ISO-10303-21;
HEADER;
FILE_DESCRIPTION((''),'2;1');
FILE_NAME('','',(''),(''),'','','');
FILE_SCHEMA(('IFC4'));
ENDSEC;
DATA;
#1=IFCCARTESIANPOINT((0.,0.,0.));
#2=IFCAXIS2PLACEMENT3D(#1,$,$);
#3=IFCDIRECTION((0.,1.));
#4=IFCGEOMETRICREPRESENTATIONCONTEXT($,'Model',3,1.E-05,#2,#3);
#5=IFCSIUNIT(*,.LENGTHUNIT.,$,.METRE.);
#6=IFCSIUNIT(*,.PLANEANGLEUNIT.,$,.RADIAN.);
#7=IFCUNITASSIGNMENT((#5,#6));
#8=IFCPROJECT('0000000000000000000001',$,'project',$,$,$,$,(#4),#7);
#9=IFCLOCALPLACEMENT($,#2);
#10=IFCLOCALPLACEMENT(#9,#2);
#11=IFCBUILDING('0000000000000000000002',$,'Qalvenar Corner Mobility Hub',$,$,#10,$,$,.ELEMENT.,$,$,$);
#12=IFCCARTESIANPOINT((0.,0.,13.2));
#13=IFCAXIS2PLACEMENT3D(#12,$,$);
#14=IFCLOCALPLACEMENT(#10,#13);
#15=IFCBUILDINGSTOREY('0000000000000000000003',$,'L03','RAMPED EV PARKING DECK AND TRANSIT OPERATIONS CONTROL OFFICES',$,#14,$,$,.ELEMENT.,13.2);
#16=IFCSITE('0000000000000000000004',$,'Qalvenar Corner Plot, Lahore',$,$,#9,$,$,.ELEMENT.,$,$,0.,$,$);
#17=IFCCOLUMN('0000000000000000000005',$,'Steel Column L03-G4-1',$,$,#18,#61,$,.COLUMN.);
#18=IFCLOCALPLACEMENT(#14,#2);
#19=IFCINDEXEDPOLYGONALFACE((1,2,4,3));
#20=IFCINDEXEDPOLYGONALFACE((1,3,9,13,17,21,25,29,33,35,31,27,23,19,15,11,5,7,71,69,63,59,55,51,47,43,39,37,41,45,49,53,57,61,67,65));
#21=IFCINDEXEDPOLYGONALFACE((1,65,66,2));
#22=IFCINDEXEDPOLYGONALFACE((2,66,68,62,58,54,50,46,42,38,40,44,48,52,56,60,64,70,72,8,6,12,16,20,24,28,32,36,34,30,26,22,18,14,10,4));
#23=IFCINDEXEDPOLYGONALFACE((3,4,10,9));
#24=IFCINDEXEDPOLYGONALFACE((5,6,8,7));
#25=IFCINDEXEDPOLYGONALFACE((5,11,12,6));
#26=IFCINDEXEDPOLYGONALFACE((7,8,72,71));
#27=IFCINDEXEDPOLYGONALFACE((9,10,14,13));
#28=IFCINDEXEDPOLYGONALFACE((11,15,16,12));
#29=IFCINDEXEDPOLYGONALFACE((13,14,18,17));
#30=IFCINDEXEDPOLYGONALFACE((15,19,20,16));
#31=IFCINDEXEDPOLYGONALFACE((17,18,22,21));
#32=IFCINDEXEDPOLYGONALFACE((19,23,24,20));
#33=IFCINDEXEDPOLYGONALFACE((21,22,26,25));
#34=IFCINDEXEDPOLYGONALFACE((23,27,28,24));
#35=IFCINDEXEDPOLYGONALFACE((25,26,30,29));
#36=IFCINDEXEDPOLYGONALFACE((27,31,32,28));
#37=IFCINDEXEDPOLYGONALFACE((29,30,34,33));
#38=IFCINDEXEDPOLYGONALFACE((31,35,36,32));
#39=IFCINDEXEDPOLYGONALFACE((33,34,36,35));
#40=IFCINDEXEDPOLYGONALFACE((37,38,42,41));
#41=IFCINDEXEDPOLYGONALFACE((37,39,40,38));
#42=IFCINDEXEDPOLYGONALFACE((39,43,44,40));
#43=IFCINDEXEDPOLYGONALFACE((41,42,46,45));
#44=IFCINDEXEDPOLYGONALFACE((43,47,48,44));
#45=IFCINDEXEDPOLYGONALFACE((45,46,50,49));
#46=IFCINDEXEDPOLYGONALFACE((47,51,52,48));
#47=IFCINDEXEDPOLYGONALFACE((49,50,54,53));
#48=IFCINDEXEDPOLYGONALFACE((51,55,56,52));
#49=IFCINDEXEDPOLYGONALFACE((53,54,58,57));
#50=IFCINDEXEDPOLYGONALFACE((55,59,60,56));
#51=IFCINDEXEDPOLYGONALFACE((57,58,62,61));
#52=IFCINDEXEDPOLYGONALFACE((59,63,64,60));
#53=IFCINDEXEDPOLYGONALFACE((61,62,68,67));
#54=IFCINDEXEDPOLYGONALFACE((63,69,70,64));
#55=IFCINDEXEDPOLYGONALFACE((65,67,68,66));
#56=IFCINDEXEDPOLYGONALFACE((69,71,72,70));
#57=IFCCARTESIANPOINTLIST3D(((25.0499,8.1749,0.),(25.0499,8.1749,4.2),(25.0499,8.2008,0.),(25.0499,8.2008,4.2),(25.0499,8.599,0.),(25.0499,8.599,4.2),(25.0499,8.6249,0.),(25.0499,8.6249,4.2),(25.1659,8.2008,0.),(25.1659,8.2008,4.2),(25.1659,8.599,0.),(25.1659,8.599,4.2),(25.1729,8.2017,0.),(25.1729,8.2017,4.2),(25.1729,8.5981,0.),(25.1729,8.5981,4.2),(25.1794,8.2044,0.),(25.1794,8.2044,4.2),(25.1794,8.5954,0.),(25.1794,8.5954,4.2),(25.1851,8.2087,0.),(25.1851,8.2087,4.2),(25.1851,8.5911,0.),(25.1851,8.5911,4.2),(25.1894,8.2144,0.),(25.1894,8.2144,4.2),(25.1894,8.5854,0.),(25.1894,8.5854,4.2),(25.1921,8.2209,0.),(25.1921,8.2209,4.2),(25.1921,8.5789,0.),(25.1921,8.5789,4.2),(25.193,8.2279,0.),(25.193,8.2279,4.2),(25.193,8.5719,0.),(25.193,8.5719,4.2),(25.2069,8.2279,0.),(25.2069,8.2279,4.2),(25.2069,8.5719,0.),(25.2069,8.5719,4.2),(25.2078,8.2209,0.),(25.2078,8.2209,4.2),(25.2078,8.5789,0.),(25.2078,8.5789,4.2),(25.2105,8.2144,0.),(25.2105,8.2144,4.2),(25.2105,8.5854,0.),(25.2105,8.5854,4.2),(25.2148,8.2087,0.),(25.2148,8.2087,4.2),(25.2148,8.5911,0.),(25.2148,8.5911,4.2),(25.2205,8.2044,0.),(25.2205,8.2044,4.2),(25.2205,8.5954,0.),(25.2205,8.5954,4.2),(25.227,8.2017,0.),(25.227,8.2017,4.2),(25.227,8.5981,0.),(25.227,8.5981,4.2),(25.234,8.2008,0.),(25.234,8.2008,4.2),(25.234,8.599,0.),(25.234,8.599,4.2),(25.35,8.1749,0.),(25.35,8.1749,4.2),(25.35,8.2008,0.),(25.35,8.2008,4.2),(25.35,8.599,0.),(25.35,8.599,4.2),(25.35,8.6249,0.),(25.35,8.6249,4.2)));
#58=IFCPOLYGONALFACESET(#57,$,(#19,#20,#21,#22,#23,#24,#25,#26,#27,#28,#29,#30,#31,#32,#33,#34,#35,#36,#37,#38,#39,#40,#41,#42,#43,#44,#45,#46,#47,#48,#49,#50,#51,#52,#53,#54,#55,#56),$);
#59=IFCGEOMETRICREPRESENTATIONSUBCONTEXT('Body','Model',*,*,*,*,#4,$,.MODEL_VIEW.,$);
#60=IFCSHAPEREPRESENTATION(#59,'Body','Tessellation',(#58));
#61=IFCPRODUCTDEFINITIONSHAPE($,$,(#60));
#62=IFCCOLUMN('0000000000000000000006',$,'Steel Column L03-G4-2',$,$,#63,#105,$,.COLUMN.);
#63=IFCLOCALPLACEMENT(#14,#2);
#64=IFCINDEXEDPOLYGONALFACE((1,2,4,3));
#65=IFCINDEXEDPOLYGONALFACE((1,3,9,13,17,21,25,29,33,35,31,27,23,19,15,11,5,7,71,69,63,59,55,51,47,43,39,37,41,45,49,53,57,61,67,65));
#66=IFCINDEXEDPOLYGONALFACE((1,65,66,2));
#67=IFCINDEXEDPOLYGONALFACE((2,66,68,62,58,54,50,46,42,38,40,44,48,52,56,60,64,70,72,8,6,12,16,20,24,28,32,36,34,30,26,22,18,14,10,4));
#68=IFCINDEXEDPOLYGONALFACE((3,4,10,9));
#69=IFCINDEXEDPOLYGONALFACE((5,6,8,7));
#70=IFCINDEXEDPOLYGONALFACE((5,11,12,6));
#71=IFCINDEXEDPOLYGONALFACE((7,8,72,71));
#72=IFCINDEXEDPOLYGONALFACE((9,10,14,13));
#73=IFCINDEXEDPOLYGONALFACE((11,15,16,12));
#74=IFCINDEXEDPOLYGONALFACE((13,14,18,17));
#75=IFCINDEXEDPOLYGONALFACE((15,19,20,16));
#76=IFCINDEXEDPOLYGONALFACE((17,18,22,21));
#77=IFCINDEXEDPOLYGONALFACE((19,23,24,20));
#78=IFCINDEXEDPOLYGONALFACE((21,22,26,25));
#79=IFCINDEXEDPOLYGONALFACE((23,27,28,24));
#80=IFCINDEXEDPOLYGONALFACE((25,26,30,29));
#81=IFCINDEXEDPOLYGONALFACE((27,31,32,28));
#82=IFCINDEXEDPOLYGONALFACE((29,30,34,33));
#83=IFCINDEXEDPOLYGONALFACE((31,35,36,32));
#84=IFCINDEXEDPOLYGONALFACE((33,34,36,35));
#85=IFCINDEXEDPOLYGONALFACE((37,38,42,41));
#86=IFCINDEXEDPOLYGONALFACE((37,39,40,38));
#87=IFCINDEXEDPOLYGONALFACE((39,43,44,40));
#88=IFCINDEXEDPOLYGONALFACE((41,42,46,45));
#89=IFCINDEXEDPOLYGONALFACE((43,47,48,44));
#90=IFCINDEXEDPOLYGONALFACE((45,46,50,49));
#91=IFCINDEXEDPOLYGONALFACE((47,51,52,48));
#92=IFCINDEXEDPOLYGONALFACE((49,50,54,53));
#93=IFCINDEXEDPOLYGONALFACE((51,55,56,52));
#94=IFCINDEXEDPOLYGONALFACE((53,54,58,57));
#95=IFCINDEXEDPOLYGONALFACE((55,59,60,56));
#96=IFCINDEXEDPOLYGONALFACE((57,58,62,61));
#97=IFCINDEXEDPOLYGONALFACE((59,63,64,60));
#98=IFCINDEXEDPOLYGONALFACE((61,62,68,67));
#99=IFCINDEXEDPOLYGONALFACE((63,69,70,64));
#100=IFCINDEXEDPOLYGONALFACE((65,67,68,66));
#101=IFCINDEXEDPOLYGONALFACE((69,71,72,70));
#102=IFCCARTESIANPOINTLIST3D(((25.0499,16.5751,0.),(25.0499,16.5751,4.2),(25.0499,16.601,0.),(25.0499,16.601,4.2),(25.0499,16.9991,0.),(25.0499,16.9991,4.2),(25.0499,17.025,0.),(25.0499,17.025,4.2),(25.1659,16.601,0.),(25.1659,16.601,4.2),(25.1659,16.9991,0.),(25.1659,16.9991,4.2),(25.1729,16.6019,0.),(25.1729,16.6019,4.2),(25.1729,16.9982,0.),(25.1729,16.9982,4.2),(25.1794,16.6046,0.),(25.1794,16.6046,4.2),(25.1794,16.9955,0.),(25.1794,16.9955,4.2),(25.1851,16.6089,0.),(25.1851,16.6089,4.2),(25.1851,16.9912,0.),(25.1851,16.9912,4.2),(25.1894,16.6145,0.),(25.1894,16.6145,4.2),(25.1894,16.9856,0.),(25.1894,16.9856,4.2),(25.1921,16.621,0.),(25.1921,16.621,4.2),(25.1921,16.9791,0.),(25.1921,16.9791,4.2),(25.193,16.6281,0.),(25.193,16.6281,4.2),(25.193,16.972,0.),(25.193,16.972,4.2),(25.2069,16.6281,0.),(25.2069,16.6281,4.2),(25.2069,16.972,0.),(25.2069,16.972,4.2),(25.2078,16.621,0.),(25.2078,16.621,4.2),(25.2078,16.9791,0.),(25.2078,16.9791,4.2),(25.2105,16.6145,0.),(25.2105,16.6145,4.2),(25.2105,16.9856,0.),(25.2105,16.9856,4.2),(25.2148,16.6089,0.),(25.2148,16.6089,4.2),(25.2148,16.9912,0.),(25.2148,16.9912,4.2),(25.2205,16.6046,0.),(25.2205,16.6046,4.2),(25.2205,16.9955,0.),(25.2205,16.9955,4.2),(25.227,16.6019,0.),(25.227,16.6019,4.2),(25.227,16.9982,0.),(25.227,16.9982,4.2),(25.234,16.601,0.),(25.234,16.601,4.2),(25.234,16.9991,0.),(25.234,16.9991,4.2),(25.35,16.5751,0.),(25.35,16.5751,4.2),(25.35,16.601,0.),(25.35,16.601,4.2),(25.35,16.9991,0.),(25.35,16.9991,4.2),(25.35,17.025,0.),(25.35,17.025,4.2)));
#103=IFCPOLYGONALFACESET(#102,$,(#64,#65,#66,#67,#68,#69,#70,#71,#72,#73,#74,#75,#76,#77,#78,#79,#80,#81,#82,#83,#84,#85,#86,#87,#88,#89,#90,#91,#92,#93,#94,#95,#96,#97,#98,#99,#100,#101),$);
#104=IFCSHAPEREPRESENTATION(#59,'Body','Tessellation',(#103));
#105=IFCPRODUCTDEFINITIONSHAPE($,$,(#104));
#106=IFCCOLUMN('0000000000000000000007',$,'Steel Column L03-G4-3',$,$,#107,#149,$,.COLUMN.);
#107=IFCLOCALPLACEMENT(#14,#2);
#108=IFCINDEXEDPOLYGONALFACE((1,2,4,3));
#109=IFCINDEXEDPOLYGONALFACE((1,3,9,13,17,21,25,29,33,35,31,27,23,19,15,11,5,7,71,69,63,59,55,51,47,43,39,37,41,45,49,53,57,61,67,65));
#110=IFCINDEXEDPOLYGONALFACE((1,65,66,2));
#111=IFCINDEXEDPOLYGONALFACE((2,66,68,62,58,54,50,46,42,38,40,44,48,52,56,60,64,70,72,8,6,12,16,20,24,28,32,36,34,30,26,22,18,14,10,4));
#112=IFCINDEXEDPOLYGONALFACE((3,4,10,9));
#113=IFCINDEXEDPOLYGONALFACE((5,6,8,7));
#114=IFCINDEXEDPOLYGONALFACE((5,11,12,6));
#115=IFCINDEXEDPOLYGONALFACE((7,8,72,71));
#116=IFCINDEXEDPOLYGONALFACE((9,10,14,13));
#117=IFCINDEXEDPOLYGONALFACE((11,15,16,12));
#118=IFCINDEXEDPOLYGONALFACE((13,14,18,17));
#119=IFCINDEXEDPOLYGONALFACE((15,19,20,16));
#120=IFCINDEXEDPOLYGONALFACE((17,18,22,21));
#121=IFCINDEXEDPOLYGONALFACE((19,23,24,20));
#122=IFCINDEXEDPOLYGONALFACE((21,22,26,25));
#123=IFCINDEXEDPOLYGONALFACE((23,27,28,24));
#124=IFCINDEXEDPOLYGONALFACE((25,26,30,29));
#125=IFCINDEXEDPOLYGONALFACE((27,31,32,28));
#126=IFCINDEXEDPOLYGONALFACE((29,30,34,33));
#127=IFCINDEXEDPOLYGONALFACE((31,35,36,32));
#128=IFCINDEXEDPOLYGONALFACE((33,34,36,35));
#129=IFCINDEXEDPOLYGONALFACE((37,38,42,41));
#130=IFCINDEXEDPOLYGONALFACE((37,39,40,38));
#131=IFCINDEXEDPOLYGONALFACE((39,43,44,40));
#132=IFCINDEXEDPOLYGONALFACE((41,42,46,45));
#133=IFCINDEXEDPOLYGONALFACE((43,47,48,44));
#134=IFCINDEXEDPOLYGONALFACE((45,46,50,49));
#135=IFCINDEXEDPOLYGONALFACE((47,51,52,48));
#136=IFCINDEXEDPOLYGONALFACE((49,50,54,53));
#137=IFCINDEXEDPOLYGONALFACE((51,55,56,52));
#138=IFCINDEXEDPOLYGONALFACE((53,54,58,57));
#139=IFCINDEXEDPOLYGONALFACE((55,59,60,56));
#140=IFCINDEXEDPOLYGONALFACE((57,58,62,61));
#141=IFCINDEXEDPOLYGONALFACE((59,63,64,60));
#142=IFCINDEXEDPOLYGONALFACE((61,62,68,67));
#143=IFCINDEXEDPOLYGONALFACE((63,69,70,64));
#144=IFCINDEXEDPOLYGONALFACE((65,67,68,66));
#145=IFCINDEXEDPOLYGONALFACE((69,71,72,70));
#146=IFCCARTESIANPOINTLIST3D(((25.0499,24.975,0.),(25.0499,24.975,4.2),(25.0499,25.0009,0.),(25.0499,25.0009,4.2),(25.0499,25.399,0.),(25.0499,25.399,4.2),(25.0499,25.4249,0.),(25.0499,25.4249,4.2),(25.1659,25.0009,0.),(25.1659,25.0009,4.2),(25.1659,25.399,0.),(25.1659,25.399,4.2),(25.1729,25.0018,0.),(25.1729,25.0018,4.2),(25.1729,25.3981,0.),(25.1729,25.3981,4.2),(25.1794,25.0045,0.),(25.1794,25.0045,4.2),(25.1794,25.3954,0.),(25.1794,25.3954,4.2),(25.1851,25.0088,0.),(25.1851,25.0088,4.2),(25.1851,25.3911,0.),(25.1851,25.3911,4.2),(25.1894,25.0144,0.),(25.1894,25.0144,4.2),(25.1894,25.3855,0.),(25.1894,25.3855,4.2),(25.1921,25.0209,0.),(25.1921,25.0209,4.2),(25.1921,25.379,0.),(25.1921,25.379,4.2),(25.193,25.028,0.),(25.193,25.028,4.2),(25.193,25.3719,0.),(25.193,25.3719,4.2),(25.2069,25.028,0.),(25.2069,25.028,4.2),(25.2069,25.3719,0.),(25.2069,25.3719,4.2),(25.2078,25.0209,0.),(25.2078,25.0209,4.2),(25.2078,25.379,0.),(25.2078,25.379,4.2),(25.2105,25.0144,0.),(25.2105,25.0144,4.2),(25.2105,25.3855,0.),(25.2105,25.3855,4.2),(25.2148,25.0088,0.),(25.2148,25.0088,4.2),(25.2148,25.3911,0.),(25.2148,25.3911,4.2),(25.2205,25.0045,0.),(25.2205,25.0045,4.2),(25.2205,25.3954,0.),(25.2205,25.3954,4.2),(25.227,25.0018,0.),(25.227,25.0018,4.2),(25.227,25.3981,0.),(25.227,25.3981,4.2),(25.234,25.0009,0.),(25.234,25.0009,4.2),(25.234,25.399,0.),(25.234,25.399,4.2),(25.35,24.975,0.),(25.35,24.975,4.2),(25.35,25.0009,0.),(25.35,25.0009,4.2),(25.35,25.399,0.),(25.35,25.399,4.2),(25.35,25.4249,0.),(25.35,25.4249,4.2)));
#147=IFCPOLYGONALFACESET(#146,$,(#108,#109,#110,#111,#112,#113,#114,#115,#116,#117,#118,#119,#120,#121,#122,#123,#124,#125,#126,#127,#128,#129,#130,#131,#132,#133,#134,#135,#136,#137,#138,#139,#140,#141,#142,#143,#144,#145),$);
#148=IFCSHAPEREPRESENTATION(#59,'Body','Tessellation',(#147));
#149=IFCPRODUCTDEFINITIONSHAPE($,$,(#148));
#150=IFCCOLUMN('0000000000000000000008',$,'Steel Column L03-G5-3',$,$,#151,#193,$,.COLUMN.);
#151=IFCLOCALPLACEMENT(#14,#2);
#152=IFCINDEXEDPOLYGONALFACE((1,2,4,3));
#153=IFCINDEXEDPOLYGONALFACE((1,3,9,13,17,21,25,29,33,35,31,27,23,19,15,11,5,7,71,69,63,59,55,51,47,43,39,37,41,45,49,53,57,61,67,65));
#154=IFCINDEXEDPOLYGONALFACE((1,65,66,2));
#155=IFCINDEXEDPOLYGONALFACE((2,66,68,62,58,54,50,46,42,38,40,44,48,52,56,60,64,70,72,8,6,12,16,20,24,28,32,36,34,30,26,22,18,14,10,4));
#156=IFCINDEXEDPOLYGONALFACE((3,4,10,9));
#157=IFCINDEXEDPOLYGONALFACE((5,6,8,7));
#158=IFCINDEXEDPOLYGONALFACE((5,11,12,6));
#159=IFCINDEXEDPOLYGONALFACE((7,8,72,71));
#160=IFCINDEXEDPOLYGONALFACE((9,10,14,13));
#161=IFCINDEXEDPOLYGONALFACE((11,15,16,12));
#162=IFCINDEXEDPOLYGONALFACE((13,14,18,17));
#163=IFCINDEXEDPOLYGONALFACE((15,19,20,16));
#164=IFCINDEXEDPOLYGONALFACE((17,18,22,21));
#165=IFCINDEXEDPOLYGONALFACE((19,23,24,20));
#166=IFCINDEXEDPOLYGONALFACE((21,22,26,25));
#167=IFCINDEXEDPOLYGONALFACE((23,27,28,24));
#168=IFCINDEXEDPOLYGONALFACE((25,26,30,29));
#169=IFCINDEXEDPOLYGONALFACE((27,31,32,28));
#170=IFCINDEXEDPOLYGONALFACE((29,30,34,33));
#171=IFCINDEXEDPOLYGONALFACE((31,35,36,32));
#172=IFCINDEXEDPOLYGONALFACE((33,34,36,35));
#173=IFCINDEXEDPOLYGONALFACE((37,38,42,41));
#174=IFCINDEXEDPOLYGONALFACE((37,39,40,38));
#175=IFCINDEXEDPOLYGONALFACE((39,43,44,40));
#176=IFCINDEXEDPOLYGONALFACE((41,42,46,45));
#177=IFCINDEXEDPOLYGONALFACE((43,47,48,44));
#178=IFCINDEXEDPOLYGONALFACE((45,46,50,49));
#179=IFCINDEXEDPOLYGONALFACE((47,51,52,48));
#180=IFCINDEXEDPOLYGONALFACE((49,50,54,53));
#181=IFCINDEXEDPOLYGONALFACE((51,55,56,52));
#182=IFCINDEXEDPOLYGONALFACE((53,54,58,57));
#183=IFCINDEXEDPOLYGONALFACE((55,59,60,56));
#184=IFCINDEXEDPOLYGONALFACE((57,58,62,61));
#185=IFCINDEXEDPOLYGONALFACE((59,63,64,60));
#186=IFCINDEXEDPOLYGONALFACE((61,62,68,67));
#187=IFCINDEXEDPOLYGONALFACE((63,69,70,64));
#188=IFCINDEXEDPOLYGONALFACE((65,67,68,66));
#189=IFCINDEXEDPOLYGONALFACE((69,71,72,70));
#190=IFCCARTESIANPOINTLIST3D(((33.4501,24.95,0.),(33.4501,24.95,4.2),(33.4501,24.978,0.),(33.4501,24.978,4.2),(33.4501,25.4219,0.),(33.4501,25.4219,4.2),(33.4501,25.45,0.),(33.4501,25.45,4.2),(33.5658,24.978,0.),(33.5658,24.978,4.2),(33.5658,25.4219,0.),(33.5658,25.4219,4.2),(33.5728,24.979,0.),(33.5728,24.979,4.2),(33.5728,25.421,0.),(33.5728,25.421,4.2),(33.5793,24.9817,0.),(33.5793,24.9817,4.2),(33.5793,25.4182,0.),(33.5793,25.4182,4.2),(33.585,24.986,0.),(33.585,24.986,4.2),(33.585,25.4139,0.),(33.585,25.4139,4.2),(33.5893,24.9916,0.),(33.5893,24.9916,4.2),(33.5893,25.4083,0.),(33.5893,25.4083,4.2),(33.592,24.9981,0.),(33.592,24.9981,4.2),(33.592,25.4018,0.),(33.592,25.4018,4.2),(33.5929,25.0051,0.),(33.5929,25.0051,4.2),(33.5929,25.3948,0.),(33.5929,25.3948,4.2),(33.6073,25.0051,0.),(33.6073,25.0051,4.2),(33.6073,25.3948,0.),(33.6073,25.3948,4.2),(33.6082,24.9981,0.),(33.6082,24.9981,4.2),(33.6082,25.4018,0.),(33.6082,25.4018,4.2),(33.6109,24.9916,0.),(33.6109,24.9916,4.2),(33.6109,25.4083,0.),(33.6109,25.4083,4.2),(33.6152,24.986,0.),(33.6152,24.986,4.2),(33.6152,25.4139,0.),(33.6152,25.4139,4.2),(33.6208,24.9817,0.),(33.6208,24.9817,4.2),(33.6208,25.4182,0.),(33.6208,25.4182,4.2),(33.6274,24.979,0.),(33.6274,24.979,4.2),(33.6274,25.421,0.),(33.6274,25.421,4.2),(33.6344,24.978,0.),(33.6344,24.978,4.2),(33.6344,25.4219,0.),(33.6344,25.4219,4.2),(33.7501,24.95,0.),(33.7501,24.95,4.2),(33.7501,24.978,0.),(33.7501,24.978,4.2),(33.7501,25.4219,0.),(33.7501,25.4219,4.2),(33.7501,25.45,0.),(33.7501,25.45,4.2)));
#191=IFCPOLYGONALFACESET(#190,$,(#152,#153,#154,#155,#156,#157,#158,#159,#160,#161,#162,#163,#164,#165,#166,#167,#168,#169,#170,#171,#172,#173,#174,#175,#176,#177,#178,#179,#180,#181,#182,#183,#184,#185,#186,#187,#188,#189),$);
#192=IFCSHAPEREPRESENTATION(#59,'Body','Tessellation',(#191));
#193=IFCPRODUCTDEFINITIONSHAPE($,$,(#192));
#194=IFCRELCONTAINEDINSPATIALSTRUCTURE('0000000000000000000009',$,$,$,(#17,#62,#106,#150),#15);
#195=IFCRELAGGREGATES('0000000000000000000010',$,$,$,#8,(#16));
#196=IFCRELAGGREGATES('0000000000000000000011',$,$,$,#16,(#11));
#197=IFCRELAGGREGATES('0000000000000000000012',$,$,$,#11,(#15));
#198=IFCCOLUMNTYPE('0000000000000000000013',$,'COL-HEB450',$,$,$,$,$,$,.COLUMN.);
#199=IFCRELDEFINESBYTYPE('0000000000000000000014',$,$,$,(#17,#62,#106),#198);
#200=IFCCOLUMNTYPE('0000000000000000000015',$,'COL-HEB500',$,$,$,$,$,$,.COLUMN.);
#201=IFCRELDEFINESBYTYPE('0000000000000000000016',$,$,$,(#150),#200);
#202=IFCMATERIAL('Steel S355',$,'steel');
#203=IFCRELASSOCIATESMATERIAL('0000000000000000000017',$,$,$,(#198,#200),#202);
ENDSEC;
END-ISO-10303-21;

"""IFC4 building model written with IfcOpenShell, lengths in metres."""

from ifc_helpers import new_model, si_unit, direction, frame, origin, origin_2d, place, context, subcontext, project, spatial, i_section, extrude, material, material_profile, profile_set, type_object, element, save


model = new_model("IFC4")

# Units and contexts
model_context = context("Model", 3, precision=1e-05, world=origin(), true_north=direction((0.0, 1.0)))
body_context = subcontext(model_context, "Body", "Model", "MODEL_VIEW")
ifc_project = project(units=[si_unit("LENGTHUNIT", "METRE"), si_unit("PLANEANGLEUNIT", "RADIAN")], contexts=[model_context])

# Site, building, storey
site_placement = place(None, origin())
site = spatial("IfcSite", under=ifc_project, at=site_placement, Name="Qalvenar Corner Plot, Lahore", CompositionType="ELEMENT", RefElevation=0.0)
building_placement = place(site_placement, origin())
building = spatial("IfcBuilding", under=site, at=building_placement, Name="Qalvenar Corner Mobility Hub", CompositionType="ELEMENT")
storey_placement = place(building_placement, frame((0.0, 0.0, 13.2)))
storey = spatial("IfcBuildingStorey", under=building, at=storey_placement, Name="L03", Description="RAMPED EV PARKING DECK AND TRANSIT OPERATIONS CONTROL OFFICES", CompositionType="ELEMENT", Elevation=13.2)

# Columns
ifc_material_1 = material(Name="Steel S355", Category="steel")
ifc_material_profile_1 = material_profile(ifc_material_1, i_section(OverallWidth=0.3, OverallDepth=0.45, WebThickness=0.0139, FlangeThickness=0.0259, FilletRadius=0.0271, at=origin_2d()), Name="HEB450")
ifc_profile_set_1 = profile_set([ifc_material_profile_1], Name="Steel S355")
column_type_1 = type_object("IfcColumnType", Name="COL-HEB450", PredefinedType="COLUMN", material=ifc_profile_set_1)
for number, where, z_axis, x_axis, name in (
    (1, (25.2, 8.3999, 0.0), (0.0, 0.0, 1.0), (1.0, 0.0, 0.0), "Steel Column L03-G4-1"),
    (2, (25.2, 16.8, 0.0), (0.0, 0.0, 1.0), (1.0, 0.0, 0.0), "Steel Column L03-G4-2"),
    (3, (25.2, 25.2, 0.0), (0.0, 0.0, 1.0), (1.0, 0.0, 0.0), "Steel Column L03-G4-3"),
):
    element("IfcColumn", number, at=place(storey_placement, frame(where, z_axis=z_axis, x_axis=x_axis)), inside=storey, type_object=column_type_1, Name=name, PredefinedType="COLUMN", context=body_context, shape_type="SweptSolid", body=[
        extrude(i_section(OverallWidth=0.3, OverallDepth=0.45, WebThickness=0.0139, FlangeThickness=0.0259, FilletRadius=0.0271, at=origin_2d()), origin(), (0.0, 0.0, 1.0), 4.2),
    ])
ifc_material_profile_2 = material_profile(ifc_material_1, i_section(OverallWidth=0.3, OverallDepth=0.5, WebThickness=0.0144, FlangeThickness=0.0281, FilletRadius=0.0271, at=origin_2d()), Name="HEB500")
ifc_profile_set_2 = profile_set([ifc_material_profile_2], Name="Steel S355")
column_type_2 = type_object("IfcColumnType", Name="COL-HEB500", PredefinedType="COLUMN", material=ifc_profile_set_2)
column_placement = place(storey_placement, frame((33.6001, 25.2, 0.0), z_axis=(0.0, 0.0, 1.0), x_axis=(1.0, 0.0, 0.0)))
element("IfcColumn", 4, at=column_placement, inside=storey, type_object=column_type_2, Name="Steel Column L03-G5-3", PredefinedType="COLUMN", context=body_context, shape_type="SweptSolid", body=[
    extrude(i_section(OverallWidth=0.3, OverallDepth=0.5, WebThickness=0.0144, FlangeThickness=0.0281, FilletRadius=0.0271, at=origin_2d()), origin(), (0.0, 0.0, 1.0), 4.2),
])

save(model, "model.ifc")
